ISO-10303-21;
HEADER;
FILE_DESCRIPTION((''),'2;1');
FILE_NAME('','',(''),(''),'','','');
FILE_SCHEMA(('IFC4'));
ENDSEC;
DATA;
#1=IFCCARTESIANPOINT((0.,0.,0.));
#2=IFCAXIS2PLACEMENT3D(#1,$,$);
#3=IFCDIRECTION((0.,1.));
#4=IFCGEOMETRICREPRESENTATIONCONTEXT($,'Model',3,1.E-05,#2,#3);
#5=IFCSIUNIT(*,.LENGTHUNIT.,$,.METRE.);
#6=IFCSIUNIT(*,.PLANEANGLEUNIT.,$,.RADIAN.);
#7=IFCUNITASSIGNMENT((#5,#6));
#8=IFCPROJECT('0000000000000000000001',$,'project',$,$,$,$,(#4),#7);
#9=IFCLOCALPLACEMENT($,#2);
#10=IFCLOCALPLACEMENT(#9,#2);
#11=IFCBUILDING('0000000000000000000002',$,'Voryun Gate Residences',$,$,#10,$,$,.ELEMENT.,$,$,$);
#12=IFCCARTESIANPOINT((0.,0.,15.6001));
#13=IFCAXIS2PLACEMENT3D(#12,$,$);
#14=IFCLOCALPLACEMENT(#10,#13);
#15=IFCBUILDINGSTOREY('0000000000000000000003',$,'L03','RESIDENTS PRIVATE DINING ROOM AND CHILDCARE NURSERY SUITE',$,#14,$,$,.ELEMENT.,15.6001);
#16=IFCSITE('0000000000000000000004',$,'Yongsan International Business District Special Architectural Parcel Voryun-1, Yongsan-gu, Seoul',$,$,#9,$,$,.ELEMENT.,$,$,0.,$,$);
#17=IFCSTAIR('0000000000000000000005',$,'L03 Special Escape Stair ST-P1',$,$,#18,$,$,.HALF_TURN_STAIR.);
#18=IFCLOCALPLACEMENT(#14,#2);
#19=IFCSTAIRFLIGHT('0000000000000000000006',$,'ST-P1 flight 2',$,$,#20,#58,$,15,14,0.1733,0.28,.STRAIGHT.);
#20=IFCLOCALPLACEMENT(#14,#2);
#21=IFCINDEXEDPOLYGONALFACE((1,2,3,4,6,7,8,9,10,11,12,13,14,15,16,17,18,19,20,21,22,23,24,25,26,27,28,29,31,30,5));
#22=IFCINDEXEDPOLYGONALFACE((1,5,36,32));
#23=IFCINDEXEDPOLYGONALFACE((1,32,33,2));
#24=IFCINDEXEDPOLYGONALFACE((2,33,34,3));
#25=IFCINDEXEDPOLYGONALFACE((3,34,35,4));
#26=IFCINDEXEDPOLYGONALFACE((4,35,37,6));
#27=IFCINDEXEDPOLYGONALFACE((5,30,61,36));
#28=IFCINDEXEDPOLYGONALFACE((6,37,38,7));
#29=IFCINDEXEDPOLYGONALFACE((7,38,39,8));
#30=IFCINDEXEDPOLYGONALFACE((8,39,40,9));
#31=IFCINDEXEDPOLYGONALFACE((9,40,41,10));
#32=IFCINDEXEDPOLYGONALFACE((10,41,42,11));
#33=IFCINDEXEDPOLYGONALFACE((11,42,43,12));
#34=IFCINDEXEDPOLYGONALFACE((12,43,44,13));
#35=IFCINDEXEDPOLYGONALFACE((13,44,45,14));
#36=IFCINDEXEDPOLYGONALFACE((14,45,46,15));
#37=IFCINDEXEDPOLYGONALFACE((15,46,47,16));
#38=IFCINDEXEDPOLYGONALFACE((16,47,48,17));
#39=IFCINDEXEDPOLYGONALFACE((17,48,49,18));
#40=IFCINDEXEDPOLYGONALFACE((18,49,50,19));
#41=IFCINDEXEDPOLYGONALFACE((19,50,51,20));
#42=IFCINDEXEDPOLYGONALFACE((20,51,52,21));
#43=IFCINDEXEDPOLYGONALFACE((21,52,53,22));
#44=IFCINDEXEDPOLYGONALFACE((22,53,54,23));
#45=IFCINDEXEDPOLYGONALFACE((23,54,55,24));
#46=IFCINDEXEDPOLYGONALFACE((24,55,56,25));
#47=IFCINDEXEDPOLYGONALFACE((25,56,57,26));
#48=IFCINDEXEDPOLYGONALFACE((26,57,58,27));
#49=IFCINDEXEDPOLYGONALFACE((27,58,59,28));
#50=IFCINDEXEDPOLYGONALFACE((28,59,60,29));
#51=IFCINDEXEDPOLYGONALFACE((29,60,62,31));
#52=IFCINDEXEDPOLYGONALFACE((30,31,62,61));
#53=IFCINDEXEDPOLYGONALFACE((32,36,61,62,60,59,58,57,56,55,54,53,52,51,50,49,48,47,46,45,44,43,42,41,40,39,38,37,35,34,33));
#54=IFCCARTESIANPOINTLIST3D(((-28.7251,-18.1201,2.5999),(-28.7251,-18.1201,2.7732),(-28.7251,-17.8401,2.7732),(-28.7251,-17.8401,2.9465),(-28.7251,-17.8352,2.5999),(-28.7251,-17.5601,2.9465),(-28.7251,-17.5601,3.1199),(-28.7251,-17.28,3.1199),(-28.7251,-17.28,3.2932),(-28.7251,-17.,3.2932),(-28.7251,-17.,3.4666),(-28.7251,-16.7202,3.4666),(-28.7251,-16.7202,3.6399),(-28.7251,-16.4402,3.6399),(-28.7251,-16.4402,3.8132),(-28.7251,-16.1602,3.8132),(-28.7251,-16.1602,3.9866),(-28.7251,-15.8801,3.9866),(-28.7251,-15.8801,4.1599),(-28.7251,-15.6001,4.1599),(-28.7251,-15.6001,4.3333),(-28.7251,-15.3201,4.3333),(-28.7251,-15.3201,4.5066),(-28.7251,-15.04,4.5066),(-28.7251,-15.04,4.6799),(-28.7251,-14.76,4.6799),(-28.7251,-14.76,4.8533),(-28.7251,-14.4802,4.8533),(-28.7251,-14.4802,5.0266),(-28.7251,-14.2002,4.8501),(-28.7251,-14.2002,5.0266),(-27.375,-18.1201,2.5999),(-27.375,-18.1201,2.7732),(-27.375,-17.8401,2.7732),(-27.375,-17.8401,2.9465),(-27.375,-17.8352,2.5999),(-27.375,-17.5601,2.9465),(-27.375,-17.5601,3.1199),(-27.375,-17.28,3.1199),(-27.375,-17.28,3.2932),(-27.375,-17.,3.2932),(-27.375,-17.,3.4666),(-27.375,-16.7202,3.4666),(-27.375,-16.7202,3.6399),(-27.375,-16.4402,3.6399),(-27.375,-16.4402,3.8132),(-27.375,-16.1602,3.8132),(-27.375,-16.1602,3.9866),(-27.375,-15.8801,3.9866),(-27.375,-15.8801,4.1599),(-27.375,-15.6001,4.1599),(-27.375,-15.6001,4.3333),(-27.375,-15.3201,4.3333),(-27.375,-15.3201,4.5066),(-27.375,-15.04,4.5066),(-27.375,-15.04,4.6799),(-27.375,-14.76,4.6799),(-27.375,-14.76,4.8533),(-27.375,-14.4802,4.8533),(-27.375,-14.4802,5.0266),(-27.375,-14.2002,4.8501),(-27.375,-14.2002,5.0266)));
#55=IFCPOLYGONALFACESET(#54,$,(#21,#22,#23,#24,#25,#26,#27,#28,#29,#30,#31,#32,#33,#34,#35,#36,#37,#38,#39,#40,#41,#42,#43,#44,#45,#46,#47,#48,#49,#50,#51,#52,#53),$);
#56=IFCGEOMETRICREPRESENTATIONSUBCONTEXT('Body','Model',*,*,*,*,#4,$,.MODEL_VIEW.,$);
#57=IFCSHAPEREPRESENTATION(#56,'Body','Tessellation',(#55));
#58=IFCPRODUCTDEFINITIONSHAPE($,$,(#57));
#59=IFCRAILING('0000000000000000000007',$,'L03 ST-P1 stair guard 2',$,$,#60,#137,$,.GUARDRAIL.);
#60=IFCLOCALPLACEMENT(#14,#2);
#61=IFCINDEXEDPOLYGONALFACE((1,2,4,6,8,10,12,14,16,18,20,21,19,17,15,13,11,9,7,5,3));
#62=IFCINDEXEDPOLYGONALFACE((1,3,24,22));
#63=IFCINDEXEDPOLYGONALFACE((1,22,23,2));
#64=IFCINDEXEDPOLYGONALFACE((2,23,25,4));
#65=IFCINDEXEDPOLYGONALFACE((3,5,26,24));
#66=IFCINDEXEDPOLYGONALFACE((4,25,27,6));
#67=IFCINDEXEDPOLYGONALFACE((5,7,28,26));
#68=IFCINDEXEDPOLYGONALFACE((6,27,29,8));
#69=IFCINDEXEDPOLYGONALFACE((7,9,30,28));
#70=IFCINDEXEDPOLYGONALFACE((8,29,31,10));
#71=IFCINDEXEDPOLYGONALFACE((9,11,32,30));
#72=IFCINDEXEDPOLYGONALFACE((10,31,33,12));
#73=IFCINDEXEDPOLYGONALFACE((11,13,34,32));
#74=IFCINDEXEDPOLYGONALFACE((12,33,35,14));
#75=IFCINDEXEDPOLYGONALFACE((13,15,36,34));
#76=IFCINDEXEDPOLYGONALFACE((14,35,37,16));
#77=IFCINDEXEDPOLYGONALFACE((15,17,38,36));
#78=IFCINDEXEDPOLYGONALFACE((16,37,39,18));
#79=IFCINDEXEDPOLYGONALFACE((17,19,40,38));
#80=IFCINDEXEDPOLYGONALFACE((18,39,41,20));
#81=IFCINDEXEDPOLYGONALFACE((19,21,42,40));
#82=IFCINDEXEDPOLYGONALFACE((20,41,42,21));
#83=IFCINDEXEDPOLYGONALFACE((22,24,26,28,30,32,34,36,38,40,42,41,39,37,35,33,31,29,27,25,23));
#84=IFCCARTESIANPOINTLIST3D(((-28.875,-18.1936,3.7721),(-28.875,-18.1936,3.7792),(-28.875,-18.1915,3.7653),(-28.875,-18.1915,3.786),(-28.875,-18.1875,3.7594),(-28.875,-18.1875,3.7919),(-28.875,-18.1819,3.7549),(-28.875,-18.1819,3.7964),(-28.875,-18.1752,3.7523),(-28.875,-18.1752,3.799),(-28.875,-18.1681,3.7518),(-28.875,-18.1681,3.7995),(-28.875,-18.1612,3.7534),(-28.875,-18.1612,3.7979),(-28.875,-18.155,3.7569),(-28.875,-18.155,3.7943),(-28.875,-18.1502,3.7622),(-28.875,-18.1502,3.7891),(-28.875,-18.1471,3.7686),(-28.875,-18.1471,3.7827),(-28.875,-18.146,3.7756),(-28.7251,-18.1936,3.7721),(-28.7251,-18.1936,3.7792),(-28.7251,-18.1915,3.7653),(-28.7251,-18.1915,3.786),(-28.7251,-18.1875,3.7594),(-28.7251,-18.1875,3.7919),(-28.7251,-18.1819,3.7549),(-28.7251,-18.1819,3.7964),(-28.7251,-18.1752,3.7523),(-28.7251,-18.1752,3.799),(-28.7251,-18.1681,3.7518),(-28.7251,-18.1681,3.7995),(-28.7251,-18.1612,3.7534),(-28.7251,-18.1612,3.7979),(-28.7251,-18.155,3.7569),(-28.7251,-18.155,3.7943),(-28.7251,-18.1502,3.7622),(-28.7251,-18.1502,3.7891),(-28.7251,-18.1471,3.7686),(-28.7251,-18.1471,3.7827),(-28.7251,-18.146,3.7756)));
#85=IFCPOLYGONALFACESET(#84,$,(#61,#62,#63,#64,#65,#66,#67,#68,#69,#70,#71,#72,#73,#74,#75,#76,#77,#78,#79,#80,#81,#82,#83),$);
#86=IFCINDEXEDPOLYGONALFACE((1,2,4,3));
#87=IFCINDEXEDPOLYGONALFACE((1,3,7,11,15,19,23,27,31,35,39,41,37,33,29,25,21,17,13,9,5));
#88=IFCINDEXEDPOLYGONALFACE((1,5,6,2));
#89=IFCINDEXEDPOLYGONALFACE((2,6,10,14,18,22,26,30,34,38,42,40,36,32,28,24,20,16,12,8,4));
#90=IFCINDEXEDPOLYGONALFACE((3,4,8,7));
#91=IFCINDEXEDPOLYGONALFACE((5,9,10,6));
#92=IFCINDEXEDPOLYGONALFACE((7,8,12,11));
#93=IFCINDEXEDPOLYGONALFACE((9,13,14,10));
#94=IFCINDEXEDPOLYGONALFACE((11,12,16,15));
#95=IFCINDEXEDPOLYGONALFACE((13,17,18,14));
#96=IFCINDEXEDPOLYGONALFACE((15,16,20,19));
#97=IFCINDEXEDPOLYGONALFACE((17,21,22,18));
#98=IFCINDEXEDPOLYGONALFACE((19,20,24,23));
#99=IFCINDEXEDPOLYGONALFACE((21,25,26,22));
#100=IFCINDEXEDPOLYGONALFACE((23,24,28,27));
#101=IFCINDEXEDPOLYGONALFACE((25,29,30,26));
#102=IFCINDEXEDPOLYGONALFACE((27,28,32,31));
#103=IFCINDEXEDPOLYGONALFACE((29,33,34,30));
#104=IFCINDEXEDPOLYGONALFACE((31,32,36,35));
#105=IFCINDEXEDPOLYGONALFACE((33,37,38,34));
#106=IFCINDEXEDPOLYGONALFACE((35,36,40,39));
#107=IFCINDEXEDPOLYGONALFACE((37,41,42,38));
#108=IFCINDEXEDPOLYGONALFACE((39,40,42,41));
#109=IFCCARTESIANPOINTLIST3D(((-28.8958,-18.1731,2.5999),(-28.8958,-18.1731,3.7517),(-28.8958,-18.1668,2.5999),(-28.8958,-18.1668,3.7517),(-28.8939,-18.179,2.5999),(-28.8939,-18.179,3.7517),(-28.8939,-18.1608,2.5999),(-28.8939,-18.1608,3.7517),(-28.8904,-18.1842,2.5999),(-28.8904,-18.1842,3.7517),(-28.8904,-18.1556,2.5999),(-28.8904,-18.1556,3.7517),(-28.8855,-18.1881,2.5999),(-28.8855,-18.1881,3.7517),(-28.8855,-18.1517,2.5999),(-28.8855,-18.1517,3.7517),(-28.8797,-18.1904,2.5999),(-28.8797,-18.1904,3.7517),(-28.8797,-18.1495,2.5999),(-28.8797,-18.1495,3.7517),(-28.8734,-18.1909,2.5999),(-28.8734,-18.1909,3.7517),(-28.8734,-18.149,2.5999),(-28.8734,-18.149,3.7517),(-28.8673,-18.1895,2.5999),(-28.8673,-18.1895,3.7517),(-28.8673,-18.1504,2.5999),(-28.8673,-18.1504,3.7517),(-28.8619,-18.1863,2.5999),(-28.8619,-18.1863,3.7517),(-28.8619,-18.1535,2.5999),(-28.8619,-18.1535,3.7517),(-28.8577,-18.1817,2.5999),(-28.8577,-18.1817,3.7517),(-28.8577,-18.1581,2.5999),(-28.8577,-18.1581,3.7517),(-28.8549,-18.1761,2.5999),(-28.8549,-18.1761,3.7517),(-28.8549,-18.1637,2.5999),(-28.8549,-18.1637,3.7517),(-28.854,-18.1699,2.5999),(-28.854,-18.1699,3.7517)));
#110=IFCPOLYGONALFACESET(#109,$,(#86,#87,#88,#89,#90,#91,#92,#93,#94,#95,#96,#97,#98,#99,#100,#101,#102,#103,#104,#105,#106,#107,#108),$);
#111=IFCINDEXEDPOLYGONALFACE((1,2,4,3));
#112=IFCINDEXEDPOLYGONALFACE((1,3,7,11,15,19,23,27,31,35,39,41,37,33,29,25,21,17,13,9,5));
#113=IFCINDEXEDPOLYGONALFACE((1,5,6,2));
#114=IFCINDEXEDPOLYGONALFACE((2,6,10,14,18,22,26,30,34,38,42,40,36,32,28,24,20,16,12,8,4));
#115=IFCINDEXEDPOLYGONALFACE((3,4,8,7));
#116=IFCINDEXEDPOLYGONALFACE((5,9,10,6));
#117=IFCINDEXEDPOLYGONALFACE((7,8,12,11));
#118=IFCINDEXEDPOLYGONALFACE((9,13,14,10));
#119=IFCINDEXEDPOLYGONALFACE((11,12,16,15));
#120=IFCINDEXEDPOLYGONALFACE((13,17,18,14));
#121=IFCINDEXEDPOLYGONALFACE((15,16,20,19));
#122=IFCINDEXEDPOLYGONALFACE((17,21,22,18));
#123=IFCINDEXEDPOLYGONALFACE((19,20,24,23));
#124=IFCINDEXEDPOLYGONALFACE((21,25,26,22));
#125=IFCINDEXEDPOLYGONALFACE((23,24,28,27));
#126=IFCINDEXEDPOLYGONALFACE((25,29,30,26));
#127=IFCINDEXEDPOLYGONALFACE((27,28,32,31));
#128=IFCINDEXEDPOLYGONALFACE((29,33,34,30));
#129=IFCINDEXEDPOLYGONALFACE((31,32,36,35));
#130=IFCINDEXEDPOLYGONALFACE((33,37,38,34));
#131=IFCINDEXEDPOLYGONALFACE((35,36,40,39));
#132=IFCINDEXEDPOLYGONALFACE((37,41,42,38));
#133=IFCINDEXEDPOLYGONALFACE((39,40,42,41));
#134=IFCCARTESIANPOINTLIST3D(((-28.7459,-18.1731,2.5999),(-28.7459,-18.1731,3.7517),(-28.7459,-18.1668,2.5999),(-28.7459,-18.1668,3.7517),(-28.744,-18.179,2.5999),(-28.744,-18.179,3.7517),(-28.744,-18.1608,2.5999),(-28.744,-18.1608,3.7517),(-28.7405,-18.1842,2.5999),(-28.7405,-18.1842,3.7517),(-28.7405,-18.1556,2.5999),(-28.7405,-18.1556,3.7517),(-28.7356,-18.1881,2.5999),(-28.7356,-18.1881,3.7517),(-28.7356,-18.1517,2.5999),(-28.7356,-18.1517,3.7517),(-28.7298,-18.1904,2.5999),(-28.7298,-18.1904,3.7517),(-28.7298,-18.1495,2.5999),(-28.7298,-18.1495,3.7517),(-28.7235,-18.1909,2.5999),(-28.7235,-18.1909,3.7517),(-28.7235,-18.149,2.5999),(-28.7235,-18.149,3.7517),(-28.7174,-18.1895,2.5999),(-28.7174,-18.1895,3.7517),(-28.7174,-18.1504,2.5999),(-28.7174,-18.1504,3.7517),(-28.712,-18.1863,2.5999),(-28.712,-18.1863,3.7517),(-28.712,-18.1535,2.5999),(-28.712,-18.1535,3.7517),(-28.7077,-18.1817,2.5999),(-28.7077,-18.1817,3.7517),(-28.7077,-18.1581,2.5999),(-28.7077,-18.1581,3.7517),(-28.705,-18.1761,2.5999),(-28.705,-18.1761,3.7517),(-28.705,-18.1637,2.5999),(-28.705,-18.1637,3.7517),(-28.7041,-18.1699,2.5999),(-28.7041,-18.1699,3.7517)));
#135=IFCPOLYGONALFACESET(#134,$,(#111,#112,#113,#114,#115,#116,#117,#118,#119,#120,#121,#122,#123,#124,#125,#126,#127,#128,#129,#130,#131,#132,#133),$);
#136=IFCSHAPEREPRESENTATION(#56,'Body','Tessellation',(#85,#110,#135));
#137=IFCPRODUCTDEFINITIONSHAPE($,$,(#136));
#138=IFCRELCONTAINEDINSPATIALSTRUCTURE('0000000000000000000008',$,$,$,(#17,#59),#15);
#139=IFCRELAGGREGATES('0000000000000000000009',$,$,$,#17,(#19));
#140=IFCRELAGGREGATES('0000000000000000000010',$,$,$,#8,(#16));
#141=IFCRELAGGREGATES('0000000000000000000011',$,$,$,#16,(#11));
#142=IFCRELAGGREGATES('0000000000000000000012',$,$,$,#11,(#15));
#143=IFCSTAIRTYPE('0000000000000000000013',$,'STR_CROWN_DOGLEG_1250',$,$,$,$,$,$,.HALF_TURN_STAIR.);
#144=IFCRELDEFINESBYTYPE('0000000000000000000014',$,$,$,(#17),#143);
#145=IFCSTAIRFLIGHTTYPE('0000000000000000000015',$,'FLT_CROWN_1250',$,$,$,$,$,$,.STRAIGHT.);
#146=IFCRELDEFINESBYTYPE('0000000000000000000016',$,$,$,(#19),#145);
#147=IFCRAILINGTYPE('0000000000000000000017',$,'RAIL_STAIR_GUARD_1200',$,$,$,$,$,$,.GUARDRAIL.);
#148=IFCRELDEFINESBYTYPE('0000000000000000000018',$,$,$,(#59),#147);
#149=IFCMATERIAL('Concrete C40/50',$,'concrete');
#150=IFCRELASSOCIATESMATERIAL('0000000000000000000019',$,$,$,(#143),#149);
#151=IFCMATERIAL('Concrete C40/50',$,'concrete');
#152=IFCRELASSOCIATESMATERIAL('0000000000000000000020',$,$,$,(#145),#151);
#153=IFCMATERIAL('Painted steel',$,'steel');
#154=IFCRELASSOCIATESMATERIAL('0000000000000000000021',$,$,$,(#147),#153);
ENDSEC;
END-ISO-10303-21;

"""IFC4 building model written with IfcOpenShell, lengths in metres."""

from ifc_helpers import new_model, si_unit, direction, frame, origin, origin_2d, place, context, subcontext, project, spatial, polyline, circle, outline, extrude, material, type_object, element, aggregate, save


model = new_model("IFC4")

# Units and contexts
model_context = context("Model", 3, precision=1e-05, world=origin(), true_north=direction((0.0, 1.0)))
body_context = subcontext(model_context, "Body", "Model", "MODEL_VIEW")
ifc_project = project(units=[si_unit("LENGTHUNIT", "METRE"), si_unit("PLANEANGLEUNIT", "RADIAN")], contexts=[model_context])

# Site, building, storey
site_placement = place(None, origin())
site = spatial("IfcSite", under=ifc_project, at=site_placement, Name="Yongsan International Business District Special Architectural Parcel Voryun-1, Yongsan-gu, Seoul", CompositionType="ELEMENT", RefElevation=0.0)
building_placement = place(site_placement, origin())
building = spatial("IfcBuilding", under=site, at=building_placement, Name="Voryun Gate Residences", CompositionType="ELEMENT")
storey_placement = place(building_placement, frame((0.0, 0.0, 15.6001)))
storey = spatial("IfcBuildingStorey", under=building, at=storey_placement, Name="L03", Description="RESIDENTS PRIVATE DINING ROOM AND CHILDCARE NURSERY SUITE", CompositionType="ELEMENT", Elevation=15.6001)

# Stair, stair flight
ifc_material_1 = material(Name="Concrete C40/50", Category="concrete")
stair_type = type_object("IfcStairType", Name="STR_CROWN_DOGLEG_1250", PredefinedType="HALF_TURN_STAIR", material=ifc_material_1)
stair_placement = place(storey_placement, origin())
stair = element("IfcStair", 1, at=stair_placement, inside=storey, type_object=stair_type, Name="L03 Special Escape Stair ST-P1", PredefinedType="HALF_TURN_STAIR")
ifc_material_2 = material(Name="Concrete C40/50", Category="concrete")
stair_flight_type = type_object("IfcStairFlightType", Name="FLT_CROWN_1250", PredefinedType="STRAIGHT", material=ifc_material_2)
stair_flight_placement = place(storey_placement, frame((-28.05, -18.1201, 2.5999), z_axis=(0.0, 0.0, 1.0), x_axis=(0.0, 1.0, 0.0)))
stair_flight = element("IfcStairFlight", 2, at=stair_flight_placement, type_object=stair_flight_type, Name="ST-P1 flight 2", NumberOfRisers=15, NumberOfTreads=14, PredefinedType="STRAIGHT", RiserHeight=0.1733, TreadLength=0.28, context=body_context, shape_type="SweptSolid", body=[
    extrude(outline(polyline([(0.0, 0.0), (0.0, 0.1733), (0.28, 0.1733), (0.28, 0.3467), (0.5601, 0.3467), (0.5601, 0.52), (0.8401, 0.52), (0.8401, 0.6934), (1.1201, 0.6934), (1.1201, 0.8667), (1.3999, 0.8667), (1.3999, 1.04), (1.6799, 1.04), (1.6799, 1.2134), (1.96, 1.2134), (1.96, 1.3867), (2.24, 1.3867), (2.24, 1.5601), (2.52, 1.5601), (2.52, 1.7334), (2.8, 1.7334), (2.8, 1.9067), (3.0801, 1.9067), (3.0801, 2.0801), (3.3601, 2.0801), (3.3601, 2.2534), (3.6399, 2.2534), (3.6399, 2.4268), (3.9199, 2.4268), (3.9199, 2.6001), (3.9199, 2.2502), (0.2849, 0.0), (0.0, 0.0)])), frame((0.0, 0.675, 0.0), z_axis=(0.0, -1.0, 0.0), x_axis=(1.0, 0.0, 0.0)), (0.0, 0.0, 1.0), 1.3501),
])
aggregate(stair, [stair_flight])

# Railing
ifc_material_3 = material(Name="Painted steel", Category="steel")
railing_type_1 = type_object("IfcRailingType", Name="RAIL_STAIR_GUARD_1200", PredefinedType="GUARDRAIL", material=ifc_material_3)
railing_1_placement = place(storey_placement, frame((-28.875, -18.1699, 2.5999)))
element("IfcRailing", 3, at=railing_1_placement, inside=storey, type_object=railing_type_1, Name="L03 ST-P1 stair guard 2", PredefinedType="GUARDRAIL", context=body_context, shape_type="SweptSolid", body=[
    extrude(circle(Radius=0.0239, at=origin_2d()), frame((0.0, 0.0, 1.1758), z_axis=(1.0, 0.0, 0.0), x_axis=(0.0, 1.0, 0.0)), (0.0, 0.0, 1.0), 0.1499),
    extrude(circle(Radius=0.021, at=origin_2d()), origin(), (0.0, 0.0, 1.0), 1.1519),
    extrude(circle(Radius=0.021, at=origin_2d()), frame((0.1499, 0.0, 0.0)), (0.0, 0.0, 1.0), 1.1519),
])

save(model, "model.ifc")
